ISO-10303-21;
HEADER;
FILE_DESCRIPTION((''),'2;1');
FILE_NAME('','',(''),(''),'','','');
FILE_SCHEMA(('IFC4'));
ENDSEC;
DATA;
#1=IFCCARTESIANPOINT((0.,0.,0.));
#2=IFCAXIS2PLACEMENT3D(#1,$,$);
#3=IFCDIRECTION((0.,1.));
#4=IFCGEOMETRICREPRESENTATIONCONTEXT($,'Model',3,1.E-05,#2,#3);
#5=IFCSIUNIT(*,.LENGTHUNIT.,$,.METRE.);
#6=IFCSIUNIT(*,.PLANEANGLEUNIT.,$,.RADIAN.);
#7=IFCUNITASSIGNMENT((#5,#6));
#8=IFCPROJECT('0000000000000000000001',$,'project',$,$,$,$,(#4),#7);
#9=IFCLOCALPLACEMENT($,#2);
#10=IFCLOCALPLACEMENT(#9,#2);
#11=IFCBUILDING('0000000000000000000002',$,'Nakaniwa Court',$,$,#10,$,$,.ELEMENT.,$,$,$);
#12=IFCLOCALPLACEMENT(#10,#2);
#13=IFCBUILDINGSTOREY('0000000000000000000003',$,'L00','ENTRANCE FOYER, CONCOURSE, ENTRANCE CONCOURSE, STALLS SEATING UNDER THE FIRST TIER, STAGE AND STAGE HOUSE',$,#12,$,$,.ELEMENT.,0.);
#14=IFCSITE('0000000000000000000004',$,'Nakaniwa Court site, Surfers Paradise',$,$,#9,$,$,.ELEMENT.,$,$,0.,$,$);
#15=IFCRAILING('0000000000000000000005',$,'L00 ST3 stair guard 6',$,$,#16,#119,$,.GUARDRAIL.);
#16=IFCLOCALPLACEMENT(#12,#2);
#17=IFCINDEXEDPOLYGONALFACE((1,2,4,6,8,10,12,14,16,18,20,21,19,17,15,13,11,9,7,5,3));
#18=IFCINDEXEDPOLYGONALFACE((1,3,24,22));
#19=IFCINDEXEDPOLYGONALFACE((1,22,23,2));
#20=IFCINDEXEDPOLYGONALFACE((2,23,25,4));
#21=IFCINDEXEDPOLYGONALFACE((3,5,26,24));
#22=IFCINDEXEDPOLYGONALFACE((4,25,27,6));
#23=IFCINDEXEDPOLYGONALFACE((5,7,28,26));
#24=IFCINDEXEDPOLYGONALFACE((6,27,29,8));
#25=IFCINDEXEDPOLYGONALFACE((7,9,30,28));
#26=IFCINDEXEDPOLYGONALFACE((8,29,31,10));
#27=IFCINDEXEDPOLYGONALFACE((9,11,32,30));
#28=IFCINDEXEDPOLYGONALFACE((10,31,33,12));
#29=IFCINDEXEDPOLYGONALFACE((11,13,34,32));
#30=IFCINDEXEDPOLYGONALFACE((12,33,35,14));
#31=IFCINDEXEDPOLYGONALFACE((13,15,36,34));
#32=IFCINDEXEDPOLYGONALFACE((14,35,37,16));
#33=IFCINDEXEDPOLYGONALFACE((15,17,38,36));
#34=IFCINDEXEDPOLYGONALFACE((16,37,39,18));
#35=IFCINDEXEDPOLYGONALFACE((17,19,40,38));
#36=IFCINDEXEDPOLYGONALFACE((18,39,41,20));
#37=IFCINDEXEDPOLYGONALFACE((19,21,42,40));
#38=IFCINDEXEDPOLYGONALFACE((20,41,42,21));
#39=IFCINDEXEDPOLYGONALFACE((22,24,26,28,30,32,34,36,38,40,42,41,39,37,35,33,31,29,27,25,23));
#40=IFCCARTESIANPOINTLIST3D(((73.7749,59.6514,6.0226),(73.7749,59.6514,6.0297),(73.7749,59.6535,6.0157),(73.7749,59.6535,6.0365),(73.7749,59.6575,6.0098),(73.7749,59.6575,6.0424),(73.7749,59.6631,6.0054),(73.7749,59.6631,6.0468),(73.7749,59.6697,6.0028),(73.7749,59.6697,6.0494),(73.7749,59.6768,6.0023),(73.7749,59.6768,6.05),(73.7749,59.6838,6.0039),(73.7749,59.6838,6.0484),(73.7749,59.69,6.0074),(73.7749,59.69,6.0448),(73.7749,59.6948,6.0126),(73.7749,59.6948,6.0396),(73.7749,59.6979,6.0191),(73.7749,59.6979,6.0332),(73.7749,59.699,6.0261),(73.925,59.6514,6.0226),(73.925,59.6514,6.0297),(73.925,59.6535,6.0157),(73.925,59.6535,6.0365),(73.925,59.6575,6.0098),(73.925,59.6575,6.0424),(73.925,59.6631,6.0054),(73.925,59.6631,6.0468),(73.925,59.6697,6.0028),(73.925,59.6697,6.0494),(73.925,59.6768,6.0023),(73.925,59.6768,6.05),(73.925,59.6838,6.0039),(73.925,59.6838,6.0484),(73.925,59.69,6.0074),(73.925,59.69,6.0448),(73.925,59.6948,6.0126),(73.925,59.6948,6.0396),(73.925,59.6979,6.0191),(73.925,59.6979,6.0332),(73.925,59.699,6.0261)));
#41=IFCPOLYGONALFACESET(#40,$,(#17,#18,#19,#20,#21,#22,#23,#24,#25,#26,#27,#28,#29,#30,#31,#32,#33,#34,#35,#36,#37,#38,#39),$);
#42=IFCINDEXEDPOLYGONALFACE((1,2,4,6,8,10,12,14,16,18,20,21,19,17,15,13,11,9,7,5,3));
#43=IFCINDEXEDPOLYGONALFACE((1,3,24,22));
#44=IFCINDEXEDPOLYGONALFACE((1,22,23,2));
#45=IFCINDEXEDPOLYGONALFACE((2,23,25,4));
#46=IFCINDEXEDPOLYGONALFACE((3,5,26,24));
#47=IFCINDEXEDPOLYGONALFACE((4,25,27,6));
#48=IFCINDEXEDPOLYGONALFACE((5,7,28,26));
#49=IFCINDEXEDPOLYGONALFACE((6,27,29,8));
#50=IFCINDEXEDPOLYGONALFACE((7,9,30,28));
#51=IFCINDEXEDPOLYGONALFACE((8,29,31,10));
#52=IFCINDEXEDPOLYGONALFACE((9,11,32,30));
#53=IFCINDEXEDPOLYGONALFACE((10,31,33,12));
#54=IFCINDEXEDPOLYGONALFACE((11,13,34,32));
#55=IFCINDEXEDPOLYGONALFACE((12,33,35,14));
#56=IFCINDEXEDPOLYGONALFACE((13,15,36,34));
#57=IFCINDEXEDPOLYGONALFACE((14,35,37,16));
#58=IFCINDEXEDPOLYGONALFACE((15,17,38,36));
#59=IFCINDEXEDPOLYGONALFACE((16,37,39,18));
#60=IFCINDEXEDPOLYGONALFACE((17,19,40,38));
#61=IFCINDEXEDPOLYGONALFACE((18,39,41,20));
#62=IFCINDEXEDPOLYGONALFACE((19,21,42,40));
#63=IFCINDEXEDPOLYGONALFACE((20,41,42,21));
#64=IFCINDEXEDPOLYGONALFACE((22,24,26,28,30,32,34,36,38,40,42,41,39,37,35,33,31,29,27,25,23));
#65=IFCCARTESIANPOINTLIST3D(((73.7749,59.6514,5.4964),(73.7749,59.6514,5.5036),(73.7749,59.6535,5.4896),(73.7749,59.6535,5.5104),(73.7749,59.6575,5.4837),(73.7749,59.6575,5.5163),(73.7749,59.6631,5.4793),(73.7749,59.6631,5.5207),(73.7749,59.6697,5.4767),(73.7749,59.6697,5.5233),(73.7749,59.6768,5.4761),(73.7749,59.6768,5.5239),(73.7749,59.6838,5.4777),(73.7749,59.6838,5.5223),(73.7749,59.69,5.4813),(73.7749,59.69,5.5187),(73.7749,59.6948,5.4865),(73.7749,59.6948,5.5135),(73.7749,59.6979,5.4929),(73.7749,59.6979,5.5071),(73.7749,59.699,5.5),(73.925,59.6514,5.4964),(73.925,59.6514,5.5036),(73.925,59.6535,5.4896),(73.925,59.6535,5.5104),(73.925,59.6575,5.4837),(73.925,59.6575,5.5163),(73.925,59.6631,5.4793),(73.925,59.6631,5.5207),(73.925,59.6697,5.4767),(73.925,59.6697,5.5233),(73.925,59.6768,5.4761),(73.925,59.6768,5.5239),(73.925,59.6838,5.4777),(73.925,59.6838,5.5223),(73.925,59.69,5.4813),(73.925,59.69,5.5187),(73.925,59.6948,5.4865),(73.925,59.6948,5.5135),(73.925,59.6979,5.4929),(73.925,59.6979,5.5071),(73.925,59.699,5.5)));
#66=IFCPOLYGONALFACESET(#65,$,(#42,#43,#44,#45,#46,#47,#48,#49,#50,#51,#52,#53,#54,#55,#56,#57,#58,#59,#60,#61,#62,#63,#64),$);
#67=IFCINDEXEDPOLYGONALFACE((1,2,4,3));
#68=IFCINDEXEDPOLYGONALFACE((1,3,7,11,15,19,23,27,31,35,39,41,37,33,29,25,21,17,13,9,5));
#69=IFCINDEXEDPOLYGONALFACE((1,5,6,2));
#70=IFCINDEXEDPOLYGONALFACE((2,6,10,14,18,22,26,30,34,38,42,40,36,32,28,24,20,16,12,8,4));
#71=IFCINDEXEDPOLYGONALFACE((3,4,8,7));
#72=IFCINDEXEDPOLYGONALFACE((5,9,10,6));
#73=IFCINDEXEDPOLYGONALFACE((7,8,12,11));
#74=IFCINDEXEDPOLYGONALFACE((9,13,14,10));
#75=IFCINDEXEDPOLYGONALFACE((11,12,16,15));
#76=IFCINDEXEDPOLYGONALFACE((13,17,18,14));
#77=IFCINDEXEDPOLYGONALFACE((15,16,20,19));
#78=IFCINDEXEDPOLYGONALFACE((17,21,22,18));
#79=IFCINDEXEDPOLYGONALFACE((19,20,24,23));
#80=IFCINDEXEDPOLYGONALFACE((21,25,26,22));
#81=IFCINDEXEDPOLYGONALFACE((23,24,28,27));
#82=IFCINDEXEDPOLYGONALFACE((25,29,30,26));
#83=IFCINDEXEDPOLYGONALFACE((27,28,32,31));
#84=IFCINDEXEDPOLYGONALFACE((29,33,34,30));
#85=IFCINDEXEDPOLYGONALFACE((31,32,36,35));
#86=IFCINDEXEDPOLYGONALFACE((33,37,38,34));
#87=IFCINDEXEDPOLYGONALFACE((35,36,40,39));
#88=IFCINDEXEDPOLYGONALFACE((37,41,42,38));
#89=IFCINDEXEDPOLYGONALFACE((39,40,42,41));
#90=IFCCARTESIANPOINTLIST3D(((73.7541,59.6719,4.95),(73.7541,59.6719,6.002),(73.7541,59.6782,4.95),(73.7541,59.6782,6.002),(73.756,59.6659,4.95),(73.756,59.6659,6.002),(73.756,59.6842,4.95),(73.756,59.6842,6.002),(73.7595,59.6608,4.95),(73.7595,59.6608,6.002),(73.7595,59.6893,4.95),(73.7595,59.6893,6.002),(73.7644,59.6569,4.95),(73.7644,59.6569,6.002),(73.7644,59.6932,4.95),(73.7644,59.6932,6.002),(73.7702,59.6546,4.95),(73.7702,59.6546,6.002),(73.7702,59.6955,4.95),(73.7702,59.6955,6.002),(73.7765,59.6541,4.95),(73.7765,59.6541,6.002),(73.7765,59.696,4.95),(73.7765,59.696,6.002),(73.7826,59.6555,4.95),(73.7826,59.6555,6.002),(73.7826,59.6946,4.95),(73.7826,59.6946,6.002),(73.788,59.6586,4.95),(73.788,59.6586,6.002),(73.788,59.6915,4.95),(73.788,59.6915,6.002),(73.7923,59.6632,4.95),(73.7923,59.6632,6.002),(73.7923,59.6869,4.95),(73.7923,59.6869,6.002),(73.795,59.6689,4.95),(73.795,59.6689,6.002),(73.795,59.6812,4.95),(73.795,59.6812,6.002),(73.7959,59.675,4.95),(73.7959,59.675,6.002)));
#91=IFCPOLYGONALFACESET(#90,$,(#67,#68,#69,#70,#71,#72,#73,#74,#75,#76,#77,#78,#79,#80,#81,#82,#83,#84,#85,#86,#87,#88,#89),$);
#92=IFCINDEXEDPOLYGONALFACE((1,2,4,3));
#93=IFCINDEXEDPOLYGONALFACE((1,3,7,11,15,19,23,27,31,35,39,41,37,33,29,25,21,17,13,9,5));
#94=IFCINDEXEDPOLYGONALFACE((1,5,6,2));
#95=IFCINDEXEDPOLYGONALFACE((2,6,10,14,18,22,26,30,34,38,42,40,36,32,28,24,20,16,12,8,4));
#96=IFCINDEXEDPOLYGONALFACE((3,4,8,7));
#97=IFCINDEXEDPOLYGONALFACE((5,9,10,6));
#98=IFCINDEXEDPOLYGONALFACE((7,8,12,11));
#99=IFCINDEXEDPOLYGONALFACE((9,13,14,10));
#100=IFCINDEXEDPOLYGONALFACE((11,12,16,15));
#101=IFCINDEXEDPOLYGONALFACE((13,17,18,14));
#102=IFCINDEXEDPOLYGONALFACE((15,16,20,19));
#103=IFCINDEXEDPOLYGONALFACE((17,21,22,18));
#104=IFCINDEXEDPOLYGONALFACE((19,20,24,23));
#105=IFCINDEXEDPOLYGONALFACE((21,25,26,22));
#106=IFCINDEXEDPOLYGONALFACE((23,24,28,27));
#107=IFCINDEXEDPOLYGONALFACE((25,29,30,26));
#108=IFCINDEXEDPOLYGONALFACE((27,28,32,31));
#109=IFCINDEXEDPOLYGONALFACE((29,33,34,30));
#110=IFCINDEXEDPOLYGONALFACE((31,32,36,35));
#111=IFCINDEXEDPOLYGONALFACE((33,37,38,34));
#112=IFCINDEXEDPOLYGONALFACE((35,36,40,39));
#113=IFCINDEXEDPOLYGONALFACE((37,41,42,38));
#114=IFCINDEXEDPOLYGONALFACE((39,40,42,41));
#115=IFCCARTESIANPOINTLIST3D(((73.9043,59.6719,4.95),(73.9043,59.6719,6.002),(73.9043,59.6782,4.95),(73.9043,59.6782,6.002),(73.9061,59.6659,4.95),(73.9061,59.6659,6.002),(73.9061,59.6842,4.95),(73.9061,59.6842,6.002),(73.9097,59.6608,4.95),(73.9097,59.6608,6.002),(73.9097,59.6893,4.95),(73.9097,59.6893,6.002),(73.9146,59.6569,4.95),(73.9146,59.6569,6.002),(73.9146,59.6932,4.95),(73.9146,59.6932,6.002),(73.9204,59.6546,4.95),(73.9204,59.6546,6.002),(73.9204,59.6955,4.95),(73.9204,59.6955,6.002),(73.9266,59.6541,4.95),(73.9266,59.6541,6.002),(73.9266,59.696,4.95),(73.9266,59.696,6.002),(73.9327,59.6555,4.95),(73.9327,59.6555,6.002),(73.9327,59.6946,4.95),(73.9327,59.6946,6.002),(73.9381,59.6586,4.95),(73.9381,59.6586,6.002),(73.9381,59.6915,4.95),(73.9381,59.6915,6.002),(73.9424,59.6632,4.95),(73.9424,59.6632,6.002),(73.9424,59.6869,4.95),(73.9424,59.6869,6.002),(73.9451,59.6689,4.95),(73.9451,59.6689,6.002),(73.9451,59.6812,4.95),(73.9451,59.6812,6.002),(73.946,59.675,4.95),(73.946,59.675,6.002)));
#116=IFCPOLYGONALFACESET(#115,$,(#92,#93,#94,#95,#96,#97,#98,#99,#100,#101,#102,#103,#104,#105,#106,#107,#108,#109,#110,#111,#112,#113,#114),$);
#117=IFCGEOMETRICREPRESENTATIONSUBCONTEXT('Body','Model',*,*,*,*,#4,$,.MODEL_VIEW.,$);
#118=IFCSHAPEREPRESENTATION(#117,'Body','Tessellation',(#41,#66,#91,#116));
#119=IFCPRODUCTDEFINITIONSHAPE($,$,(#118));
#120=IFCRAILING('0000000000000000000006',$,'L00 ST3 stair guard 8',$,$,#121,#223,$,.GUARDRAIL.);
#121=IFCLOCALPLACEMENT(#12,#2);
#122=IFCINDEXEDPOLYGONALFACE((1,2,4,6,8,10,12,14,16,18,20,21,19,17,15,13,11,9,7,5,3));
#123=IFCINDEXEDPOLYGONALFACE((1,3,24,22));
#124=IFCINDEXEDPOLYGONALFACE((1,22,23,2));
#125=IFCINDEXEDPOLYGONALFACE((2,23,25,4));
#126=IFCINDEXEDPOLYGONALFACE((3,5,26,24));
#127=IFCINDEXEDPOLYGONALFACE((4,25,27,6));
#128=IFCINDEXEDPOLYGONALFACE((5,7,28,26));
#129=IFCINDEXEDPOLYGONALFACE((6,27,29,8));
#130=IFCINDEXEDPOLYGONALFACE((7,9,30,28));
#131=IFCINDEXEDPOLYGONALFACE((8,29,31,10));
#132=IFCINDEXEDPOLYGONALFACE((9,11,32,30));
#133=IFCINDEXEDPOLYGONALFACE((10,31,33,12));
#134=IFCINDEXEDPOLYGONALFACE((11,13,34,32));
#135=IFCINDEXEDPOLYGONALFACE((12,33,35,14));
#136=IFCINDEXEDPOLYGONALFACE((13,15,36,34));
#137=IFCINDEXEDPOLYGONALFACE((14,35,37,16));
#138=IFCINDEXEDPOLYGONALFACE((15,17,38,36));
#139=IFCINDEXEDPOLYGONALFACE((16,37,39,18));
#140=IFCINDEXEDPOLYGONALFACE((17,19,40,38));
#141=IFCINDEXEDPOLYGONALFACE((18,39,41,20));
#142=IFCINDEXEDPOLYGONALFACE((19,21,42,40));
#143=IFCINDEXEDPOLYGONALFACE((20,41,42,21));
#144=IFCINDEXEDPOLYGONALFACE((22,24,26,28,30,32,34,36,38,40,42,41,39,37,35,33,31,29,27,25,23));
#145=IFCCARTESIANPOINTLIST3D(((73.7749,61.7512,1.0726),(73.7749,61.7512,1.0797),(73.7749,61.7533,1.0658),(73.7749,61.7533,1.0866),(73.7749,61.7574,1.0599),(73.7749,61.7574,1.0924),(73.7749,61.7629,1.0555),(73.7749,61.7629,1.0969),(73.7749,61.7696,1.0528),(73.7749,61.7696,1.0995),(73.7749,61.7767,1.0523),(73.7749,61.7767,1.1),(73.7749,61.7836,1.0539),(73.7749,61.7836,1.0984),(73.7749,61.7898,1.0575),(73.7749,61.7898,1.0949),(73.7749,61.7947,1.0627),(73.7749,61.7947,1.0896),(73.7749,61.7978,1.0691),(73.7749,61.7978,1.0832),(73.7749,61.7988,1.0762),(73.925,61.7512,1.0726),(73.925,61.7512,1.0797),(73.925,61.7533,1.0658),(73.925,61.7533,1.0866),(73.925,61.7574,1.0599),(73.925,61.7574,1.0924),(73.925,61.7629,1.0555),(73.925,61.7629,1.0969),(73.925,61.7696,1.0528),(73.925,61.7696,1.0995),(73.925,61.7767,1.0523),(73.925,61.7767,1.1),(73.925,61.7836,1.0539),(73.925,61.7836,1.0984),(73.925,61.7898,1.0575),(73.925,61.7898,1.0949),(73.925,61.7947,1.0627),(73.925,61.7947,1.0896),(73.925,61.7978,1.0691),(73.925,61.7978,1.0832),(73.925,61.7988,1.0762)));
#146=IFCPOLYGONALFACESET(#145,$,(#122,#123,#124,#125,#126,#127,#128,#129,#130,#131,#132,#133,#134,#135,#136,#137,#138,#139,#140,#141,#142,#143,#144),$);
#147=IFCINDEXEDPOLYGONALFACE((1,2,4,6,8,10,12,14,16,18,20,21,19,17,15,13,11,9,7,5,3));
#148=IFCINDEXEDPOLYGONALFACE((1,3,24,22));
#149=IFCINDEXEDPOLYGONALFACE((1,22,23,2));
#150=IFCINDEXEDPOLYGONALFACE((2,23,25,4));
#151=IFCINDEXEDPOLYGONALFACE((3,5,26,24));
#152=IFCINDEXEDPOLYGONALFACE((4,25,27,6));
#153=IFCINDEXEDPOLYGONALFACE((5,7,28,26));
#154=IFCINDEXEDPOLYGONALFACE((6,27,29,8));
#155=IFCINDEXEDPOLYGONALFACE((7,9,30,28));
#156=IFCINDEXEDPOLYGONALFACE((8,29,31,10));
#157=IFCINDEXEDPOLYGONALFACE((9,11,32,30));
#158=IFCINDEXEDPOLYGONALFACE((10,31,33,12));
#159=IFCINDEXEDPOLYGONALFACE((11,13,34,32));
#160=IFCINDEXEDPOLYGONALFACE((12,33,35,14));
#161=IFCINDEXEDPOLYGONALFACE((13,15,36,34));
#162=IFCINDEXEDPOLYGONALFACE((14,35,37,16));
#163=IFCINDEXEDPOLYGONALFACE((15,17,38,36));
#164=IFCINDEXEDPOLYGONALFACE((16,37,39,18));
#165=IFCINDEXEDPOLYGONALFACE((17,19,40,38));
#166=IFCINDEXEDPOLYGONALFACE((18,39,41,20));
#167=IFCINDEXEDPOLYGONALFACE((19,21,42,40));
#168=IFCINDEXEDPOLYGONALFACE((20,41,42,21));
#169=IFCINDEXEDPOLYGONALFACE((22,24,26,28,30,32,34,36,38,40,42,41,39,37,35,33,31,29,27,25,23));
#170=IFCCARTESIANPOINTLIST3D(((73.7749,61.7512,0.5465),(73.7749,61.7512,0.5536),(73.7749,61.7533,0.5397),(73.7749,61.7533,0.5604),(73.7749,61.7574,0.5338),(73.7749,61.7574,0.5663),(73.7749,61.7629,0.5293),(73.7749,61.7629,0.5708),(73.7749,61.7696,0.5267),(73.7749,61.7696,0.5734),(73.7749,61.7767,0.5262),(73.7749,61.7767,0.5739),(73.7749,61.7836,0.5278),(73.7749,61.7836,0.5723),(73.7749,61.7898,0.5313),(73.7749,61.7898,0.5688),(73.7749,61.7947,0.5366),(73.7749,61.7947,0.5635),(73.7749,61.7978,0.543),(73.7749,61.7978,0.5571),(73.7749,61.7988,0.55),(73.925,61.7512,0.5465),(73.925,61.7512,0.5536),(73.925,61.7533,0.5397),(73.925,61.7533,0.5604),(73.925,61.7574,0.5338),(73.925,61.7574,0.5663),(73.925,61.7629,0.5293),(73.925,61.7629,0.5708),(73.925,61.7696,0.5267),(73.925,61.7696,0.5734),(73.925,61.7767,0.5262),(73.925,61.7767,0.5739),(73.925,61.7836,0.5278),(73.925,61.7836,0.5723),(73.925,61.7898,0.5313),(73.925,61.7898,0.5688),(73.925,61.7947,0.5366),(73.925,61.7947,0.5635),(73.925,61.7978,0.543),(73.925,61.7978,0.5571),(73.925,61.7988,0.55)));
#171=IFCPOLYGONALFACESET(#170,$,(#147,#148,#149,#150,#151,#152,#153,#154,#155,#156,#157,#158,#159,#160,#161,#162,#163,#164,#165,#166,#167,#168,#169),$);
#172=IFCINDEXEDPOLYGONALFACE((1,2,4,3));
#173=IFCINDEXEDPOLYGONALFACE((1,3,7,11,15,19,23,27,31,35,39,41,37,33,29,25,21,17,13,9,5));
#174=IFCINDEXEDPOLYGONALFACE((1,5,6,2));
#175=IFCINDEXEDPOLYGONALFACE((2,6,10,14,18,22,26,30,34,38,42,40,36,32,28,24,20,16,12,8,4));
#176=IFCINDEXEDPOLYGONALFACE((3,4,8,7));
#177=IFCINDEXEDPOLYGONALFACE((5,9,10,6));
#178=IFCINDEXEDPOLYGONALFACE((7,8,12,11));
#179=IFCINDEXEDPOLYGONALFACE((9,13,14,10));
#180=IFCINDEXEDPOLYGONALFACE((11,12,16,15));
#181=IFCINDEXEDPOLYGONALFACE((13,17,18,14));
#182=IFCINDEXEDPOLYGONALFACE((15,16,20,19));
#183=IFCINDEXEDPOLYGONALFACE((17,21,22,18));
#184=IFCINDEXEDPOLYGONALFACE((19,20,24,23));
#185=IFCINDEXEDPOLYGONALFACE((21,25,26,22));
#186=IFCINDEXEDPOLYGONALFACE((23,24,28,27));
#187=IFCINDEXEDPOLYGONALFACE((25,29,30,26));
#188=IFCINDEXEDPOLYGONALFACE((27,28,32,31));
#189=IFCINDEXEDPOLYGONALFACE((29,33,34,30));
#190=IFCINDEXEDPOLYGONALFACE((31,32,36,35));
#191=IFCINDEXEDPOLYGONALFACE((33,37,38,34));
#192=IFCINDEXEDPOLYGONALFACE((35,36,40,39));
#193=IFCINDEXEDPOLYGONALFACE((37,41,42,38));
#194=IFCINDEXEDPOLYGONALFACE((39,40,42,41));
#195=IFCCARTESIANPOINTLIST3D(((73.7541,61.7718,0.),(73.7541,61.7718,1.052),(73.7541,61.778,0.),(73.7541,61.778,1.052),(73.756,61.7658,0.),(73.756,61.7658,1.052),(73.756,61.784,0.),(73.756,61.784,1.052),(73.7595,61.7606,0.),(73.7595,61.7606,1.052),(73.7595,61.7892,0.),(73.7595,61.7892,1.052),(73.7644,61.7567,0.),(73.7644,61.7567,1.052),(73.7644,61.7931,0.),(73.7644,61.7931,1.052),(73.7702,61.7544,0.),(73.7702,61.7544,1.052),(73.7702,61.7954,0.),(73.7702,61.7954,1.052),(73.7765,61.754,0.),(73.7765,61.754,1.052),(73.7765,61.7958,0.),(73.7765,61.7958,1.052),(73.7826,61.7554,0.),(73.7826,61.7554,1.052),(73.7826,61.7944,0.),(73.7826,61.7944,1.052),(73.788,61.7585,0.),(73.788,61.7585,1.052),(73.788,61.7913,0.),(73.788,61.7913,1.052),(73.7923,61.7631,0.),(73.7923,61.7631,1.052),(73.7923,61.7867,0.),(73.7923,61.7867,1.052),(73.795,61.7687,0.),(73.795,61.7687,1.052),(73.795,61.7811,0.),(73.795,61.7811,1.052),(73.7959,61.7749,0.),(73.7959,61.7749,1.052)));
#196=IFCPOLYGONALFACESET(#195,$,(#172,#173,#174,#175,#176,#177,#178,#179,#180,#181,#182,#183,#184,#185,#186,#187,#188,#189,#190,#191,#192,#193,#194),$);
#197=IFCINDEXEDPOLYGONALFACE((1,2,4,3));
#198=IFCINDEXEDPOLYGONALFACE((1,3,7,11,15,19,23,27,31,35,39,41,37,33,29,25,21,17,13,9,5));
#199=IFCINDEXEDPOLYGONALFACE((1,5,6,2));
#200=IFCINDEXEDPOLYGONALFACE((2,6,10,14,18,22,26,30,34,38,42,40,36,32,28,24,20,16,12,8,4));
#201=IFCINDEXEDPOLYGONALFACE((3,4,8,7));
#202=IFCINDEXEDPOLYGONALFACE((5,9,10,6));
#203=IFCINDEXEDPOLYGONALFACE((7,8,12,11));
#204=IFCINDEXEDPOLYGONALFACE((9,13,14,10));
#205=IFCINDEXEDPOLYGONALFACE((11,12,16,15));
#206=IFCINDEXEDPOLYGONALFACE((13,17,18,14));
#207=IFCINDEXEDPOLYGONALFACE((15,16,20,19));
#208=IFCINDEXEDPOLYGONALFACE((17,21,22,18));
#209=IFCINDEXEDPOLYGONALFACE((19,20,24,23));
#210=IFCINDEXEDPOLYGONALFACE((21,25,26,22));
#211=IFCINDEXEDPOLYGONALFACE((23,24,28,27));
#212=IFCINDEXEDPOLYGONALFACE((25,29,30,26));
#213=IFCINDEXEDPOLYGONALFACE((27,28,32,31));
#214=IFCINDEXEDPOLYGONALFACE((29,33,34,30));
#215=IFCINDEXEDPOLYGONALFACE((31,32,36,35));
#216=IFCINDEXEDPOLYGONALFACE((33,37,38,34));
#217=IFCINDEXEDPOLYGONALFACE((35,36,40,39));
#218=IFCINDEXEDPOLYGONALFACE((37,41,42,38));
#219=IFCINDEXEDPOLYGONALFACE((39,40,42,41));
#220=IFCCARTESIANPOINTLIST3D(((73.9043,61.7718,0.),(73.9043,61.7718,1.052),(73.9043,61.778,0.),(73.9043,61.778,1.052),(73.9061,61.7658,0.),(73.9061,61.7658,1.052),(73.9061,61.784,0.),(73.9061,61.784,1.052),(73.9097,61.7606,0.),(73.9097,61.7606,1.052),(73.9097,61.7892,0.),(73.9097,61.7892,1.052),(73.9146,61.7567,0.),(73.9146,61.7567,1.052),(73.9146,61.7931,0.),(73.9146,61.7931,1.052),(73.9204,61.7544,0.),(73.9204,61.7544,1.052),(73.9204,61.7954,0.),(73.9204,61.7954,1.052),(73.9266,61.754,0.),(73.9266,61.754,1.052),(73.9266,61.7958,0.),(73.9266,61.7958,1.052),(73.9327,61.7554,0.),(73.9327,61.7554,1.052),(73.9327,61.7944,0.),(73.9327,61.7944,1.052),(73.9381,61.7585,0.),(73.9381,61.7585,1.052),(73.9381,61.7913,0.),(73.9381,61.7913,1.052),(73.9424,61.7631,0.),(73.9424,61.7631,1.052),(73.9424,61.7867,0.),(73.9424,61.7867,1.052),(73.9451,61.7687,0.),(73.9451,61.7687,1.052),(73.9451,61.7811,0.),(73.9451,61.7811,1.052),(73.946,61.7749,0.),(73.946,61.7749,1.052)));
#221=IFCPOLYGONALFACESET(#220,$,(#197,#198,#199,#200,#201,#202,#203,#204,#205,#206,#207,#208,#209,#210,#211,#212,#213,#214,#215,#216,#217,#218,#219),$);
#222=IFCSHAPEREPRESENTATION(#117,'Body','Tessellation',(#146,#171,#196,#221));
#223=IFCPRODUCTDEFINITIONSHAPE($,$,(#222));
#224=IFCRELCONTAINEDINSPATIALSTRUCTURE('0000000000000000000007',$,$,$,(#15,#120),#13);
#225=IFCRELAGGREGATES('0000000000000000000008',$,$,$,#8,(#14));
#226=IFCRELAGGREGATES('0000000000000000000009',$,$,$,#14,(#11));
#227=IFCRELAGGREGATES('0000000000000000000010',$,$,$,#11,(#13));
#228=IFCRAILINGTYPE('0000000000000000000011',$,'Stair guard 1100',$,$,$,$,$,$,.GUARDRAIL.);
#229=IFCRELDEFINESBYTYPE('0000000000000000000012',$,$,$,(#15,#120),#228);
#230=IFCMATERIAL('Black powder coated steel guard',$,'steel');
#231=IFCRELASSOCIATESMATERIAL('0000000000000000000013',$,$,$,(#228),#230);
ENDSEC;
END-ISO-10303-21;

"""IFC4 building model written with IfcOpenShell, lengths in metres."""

from ifc_helpers import new_model, si_unit, direction, frame, origin, origin_2d, place, context, subcontext, project, spatial, circle, extrude, material, type_object, element, save


model = new_model("IFC4")

# Units and contexts
model_context = context("Model", 3, precision=1e-05, world=origin(), true_north=direction((0.0, 1.0)))
body_context = subcontext(model_context, "Body", "Model", "MODEL_VIEW")
ifc_project = project(units=[si_unit("LENGTHUNIT", "METRE"), si_unit("PLANEANGLEUNIT", "RADIAN")], contexts=[model_context])

# Site, building, storey
site_placement = place(None, origin())
site = spatial("IfcSite", under=ifc_project, at=site_placement, Name="Nakaniwa Court site, Surfers Paradise", CompositionType="ELEMENT", RefElevation=0.0)
building_placement = place(site_placement, origin())
building = spatial("IfcBuilding", under=site, at=building_placement, Name="Nakaniwa Court", CompositionType="ELEMENT")
storey_placement = place(building_placement, origin())
storey = spatial("IfcBuildingStorey", under=building, at=storey_placement, Name="L00", Description="ENTRANCE FOYER, CONCOURSE, ENTRANCE CONCOURSE, STALLS SEATING UNDER THE FIRST TIER, STAGE AND STAGE HOUSE", CompositionType="ELEMENT", Elevation=0.0)

# Railings
ifc_material_1 = material(Name="Black powder coated steel guard", Category="steel")
railing_type_1 = type_object("IfcRailingType", Name="Stair guard 1100", PredefinedType="GUARDRAIL", material=ifc_material_1)
for number, where, name in (
    (1, (73.7749, 59.675, 4.95), "L00 ST3 stair guard 6"),
    (2, (73.7749, 61.7749, 0.0), "L00 ST3 stair guard 8"),
):
    element("IfcRailing", number, at=place(storey_placement, frame(where)), inside=storey, type_object=railing_type_1, Name=name, PredefinedType="GUARDRAIL", context=body_context, shape_type="SweptSolid", body=[
        extrude(circle(Radius=0.0239, at=origin_2d()), frame((0.0, 0.0, 1.0762), z_axis=(1.0, 0.0, 0.0), x_axis=(0.0, 1.0, 0.0)), (0.0, 0.0, 1.0), 0.1501),
        extrude(circle(Radius=0.0239, at=origin_2d()), frame((0.0, 0.0, 0.55), z_axis=(1.0, 0.0, 0.0), x_axis=(0.0, 1.0, 0.0)), (0.0, 0.0, 1.0), 0.1501),
        extrude(circle(Radius=0.021, at=origin_2d()), origin(), (0.0, 0.0, 1.0), 1.052),
        extrude(circle(Radius=0.021, at=origin_2d()), frame((0.1501, 0.0, 0.0)), (0.0, 0.0, 1.0), 1.052),
    ])

save(model, "model.ifc")
